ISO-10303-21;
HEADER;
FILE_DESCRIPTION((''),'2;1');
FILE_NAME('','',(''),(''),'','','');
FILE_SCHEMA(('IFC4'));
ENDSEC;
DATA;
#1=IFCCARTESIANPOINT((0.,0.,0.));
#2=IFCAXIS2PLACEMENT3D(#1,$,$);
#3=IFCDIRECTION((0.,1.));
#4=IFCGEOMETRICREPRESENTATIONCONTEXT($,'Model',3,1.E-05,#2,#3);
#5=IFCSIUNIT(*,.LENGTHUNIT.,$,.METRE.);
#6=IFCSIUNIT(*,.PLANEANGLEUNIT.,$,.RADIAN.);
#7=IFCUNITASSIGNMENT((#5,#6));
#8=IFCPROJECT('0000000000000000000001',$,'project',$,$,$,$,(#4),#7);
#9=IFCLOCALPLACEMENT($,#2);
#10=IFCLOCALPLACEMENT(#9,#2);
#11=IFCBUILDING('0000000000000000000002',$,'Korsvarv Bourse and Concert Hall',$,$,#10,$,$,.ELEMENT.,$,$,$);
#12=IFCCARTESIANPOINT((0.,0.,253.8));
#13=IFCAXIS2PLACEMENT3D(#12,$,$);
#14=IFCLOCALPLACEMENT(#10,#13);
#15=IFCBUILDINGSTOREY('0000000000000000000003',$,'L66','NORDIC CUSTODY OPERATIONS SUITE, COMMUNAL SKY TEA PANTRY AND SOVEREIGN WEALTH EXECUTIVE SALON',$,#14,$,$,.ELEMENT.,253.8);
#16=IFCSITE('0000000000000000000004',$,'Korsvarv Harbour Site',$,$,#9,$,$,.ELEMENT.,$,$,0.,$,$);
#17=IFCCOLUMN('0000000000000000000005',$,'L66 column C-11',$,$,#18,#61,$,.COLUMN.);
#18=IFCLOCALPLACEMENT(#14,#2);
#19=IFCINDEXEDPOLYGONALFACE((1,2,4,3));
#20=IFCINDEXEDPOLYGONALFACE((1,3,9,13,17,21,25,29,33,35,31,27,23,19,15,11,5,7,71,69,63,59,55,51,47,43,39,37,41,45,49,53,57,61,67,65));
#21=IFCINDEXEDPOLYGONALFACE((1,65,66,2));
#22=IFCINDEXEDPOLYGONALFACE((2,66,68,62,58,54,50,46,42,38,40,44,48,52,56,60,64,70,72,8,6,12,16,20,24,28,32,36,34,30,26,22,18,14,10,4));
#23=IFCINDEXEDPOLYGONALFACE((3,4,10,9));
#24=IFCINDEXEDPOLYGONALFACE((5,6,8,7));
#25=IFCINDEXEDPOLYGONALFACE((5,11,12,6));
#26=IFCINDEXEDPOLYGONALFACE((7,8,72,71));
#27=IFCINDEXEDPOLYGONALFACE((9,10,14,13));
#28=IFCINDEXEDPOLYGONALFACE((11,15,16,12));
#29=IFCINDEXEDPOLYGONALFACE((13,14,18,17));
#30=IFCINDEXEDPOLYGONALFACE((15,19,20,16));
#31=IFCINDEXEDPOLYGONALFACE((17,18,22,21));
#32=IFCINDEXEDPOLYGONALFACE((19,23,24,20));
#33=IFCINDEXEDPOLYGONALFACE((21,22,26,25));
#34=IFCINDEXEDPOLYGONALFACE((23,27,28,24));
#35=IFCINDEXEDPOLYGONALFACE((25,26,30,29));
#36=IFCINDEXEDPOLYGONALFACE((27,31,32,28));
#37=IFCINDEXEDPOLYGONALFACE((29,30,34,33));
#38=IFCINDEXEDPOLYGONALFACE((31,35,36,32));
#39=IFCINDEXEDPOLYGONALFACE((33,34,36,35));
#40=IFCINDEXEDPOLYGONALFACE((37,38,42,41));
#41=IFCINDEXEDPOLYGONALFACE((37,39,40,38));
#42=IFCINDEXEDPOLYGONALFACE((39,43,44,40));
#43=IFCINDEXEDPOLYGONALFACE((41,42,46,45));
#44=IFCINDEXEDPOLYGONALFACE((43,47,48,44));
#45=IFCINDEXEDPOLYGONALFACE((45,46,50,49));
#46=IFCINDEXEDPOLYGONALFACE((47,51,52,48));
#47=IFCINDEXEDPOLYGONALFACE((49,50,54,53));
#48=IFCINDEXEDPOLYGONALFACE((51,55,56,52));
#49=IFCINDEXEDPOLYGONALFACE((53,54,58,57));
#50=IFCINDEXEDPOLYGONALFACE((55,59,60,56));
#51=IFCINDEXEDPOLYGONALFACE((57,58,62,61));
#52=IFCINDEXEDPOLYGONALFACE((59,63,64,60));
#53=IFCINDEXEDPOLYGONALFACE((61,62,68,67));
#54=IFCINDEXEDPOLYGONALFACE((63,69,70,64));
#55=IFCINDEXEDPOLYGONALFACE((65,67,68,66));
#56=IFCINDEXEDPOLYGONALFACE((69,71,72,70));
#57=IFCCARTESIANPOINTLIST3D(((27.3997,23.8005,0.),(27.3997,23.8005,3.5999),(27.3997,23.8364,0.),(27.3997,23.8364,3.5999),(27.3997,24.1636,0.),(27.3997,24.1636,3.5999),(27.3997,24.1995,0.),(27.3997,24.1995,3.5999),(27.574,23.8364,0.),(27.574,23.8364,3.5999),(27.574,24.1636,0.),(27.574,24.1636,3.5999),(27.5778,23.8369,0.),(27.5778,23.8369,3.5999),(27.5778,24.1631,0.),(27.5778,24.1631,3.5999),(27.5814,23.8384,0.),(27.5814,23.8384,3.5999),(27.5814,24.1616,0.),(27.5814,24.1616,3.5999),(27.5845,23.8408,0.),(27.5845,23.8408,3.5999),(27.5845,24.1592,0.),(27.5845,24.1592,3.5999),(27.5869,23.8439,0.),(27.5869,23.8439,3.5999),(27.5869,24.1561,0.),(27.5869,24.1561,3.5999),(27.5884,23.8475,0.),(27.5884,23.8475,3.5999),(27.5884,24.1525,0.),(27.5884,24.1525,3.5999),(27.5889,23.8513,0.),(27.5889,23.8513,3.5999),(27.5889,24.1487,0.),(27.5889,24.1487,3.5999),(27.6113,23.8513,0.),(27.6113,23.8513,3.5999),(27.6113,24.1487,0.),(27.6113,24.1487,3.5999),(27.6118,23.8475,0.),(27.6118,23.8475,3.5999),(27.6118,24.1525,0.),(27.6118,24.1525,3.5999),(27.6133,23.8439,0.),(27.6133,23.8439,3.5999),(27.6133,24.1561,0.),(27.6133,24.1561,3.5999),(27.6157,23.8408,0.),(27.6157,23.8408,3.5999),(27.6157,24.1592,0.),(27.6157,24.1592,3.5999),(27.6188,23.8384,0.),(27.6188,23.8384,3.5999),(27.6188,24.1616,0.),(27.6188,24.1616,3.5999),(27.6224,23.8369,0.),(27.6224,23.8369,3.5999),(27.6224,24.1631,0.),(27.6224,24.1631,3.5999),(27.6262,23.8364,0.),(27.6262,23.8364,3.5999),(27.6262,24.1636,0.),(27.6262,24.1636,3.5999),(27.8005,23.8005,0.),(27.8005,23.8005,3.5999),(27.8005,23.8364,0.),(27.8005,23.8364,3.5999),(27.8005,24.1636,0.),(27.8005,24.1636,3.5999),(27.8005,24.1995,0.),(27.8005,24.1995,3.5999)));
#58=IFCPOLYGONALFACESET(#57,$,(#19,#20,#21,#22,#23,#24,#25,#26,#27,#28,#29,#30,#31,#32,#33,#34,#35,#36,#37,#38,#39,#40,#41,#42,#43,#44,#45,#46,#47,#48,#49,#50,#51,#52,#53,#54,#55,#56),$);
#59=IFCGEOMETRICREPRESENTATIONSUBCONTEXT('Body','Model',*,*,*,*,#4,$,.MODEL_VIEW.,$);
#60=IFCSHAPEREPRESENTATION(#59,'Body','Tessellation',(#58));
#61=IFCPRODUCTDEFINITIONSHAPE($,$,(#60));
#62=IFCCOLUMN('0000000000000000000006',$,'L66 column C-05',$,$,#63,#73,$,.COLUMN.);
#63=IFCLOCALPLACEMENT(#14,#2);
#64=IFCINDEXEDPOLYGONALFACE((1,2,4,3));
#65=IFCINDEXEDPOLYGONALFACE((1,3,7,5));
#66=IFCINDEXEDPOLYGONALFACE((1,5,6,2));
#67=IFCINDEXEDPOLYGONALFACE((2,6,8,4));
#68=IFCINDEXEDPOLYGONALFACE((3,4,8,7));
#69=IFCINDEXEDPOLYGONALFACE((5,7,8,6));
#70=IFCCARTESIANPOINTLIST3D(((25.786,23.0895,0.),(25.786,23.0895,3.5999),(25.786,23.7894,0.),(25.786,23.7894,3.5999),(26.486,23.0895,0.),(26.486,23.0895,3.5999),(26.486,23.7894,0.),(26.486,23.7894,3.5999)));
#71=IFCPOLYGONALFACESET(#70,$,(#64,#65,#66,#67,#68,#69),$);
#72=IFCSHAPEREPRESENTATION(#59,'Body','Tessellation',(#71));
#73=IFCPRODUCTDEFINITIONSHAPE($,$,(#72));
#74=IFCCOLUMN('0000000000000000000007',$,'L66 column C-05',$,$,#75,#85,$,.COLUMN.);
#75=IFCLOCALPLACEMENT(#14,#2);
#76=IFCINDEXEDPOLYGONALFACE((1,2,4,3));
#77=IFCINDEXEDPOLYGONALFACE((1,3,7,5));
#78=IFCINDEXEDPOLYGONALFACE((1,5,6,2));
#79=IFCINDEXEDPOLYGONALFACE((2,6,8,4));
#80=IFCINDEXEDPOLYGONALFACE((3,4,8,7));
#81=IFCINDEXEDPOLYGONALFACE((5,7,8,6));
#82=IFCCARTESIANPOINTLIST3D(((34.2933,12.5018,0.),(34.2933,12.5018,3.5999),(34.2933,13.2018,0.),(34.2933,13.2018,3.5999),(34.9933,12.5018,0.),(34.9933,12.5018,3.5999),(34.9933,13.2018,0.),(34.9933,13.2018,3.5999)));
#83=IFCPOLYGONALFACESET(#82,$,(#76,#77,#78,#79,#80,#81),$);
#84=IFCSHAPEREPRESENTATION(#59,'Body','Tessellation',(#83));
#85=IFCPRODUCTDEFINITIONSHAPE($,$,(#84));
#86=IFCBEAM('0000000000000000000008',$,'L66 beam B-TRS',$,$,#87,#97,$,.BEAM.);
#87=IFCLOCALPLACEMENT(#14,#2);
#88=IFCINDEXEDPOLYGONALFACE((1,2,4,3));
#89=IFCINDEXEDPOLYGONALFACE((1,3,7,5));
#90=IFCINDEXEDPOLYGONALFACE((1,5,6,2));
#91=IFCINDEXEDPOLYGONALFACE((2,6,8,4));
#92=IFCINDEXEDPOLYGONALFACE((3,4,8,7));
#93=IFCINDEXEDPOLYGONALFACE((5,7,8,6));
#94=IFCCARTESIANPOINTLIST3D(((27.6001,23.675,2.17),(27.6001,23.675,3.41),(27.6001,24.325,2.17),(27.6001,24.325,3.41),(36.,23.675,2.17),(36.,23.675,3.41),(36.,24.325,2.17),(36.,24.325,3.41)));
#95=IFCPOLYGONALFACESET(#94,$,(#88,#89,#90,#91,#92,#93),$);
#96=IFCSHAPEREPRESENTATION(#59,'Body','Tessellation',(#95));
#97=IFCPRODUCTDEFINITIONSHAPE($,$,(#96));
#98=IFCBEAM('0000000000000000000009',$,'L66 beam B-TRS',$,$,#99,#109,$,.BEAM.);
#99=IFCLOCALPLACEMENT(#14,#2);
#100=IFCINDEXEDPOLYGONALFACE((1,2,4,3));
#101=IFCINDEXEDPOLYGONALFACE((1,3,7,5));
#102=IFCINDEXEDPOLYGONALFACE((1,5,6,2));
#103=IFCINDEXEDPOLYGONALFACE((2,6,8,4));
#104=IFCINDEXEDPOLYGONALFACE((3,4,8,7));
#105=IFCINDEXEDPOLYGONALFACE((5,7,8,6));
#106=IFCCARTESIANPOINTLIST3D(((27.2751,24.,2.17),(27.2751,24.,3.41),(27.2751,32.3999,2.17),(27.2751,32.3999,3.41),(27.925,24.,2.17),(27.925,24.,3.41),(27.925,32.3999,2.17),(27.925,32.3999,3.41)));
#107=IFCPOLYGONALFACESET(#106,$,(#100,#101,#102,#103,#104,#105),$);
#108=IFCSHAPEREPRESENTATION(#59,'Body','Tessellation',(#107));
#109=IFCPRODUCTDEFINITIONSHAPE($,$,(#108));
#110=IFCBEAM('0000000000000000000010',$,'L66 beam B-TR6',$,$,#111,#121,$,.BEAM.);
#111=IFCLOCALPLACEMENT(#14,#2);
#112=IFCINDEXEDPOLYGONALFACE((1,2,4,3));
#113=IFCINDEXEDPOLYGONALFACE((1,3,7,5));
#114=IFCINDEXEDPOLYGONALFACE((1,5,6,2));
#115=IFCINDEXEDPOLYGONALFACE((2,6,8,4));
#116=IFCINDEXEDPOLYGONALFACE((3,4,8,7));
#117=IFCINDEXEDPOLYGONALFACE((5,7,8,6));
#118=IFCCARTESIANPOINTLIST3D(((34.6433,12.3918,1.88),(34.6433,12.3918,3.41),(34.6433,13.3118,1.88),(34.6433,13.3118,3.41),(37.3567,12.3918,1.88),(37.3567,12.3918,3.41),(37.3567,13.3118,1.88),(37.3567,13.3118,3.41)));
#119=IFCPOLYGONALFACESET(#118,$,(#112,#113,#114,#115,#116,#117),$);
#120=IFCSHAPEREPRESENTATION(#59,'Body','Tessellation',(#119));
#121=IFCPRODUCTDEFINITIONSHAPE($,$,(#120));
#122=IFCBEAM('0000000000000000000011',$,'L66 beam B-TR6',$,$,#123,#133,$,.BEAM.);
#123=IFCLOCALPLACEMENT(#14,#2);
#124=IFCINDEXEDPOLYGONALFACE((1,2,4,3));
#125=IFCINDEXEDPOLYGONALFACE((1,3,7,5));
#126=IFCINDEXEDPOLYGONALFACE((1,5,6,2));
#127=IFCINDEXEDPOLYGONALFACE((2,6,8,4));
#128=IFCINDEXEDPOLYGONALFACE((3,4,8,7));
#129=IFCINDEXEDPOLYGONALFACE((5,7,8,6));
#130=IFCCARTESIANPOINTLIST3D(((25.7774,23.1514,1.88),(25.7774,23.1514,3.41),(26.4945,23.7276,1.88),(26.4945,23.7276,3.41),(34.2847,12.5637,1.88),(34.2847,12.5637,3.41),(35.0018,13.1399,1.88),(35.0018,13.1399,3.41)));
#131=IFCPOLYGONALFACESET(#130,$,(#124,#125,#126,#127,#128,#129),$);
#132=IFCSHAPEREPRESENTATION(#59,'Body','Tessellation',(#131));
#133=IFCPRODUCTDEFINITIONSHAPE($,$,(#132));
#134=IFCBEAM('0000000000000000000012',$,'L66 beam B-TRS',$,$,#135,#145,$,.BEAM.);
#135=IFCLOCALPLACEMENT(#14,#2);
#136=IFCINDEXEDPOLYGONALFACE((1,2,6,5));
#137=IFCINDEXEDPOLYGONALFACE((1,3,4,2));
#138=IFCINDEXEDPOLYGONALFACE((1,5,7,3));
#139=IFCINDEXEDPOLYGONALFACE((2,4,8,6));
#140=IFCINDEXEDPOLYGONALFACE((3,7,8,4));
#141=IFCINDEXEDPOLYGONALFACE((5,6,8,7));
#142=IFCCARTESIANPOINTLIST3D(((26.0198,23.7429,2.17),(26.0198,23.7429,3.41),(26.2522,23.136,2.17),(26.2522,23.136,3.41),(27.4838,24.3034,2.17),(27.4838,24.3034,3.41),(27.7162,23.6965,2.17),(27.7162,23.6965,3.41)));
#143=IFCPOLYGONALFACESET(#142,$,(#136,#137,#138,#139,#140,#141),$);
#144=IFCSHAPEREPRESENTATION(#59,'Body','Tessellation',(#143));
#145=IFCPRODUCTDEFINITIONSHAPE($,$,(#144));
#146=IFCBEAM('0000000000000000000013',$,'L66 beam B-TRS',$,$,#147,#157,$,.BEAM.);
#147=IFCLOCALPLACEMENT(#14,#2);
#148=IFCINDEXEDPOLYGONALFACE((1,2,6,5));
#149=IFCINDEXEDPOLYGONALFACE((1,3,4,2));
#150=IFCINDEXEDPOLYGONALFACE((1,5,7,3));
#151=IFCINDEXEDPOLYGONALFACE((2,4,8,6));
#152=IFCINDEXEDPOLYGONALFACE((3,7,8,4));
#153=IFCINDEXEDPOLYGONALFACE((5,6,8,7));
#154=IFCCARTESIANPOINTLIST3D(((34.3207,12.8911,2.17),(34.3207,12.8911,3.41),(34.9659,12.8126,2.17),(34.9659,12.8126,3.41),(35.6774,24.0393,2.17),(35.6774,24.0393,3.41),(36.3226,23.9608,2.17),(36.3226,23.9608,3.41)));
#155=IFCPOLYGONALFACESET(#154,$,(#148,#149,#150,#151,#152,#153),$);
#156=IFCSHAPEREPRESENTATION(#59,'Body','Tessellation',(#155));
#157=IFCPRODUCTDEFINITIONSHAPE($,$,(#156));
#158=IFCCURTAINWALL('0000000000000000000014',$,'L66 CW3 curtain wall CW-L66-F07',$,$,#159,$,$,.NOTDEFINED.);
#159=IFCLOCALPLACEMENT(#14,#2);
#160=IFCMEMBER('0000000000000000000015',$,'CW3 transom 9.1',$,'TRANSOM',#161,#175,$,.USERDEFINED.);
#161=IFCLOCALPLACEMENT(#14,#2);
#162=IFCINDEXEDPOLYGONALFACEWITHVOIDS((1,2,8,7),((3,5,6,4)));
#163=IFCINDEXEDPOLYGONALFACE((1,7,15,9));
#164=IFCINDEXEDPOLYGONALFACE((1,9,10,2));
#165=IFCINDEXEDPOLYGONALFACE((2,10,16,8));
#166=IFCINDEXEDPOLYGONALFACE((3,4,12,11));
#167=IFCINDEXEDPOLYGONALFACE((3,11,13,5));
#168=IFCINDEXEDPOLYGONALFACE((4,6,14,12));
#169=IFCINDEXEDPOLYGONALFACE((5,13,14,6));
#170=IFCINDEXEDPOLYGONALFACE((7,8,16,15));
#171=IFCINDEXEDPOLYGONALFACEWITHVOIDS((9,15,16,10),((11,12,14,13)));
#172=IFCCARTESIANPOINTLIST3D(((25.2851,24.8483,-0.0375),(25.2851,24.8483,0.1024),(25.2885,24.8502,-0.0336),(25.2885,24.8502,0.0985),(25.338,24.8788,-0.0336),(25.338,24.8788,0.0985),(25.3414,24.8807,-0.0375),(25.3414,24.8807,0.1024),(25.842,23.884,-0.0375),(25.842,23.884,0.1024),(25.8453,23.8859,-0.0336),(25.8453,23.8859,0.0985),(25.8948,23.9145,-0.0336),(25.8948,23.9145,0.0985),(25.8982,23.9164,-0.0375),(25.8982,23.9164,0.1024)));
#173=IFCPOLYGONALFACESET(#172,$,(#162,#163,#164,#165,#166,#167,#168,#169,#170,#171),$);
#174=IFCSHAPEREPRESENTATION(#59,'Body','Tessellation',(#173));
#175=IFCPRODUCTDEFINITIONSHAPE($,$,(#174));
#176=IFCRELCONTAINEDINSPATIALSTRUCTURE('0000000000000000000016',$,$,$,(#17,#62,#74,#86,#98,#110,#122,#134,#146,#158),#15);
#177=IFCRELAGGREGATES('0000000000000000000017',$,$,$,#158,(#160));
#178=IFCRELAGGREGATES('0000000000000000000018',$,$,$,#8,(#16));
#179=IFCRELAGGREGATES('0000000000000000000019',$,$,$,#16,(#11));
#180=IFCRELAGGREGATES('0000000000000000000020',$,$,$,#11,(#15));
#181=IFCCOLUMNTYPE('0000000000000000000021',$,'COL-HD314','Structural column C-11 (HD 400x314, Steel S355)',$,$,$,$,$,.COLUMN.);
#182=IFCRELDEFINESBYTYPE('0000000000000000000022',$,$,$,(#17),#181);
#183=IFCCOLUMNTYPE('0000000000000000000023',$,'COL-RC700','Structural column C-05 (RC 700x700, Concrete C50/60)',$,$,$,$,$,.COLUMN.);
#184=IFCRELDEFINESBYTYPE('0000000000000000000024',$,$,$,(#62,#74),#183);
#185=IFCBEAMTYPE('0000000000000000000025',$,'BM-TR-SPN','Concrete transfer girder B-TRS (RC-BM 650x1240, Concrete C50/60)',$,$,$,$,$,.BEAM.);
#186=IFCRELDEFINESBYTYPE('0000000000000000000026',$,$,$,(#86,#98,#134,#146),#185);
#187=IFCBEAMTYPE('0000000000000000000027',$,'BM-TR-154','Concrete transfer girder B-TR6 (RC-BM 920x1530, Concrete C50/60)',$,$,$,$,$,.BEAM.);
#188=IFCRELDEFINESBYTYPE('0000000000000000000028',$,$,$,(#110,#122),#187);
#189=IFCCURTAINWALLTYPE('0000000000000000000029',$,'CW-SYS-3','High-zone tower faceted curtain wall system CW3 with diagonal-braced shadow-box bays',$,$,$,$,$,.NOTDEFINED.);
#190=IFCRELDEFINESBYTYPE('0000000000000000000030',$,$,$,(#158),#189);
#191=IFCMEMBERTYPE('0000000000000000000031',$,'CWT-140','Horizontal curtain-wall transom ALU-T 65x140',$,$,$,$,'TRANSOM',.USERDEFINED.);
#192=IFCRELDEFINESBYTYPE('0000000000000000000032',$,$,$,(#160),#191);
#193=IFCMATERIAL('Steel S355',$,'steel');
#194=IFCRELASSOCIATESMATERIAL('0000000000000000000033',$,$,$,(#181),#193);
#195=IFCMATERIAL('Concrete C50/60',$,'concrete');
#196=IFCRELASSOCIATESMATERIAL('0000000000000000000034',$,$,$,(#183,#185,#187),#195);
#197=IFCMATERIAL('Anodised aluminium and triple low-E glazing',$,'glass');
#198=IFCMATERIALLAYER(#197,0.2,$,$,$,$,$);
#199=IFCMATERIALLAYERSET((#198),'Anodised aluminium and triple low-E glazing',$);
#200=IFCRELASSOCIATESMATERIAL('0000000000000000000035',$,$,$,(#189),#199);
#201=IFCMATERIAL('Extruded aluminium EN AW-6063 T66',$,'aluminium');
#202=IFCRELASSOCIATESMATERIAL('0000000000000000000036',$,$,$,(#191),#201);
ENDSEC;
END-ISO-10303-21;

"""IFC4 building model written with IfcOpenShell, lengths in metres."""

from ifc_helpers import new_model, si_unit, direction, frame, origin, origin_2d, place, context, subcontext, project, spatial, rectangle, hollow_rectangle, i_section, extrude, source, transform, mapped, material, layer, layer_set, material_profile, profile_set, type_object, element, aggregate, save


model = new_model("IFC4")

# Units and contexts
model_context = context("Model", 3, precision=1e-05, world=origin(), true_north=direction((0.0, 1.0)))
body_context = subcontext(model_context, "Body", "Model", "MODEL_VIEW")
ifc_project = project(units=[si_unit("LENGTHUNIT", "METRE"), si_unit("PLANEANGLEUNIT", "RADIAN")], contexts=[model_context])

# Site, building, storey
site_placement = place(None, origin())
site = spatial("IfcSite", under=ifc_project, at=site_placement, Name="Korsvarv Harbour Site", CompositionType="ELEMENT", RefElevation=0.0)
building_placement = place(site_placement, origin())
building = spatial("IfcBuilding", under=site, at=building_placement, Name="Korsvarv Bourse and Concert Hall", CompositionType="ELEMENT")
storey_placement = place(building_placement, frame((0.0, 0.0, 253.8)))
storey = spatial("IfcBuildingStorey", under=building, at=storey_placement, Name="L66", Description="NORDIC CUSTODY OPERATIONS SUITE, COMMUNAL SKY TEA PANTRY AND SOVEREIGN WEALTH EXECUTIVE SALON", CompositionType="ELEMENT", Elevation=253.8)

# Columns
ifc_material_1 = material(Name="Steel S355", Category="steel")
ifc_material_profile_1 = material_profile(ifc_material_1, i_section(OverallWidth=0.4009, OverallDepth=0.3989, WebThickness=0.0225, FlangeThickness=0.0359, FilletRadius=0.0149, at=origin_2d()), Name="HD 400x314")
ifc_profile_set_1 = profile_set([ifc_material_profile_1], Name="Steel S355")
column_type_1 = type_object("IfcColumnType", Name="COL-HD314", Description="Structural column C-11 (HD 400x314, Steel S355)", PredefinedType="COLUMN", material=ifc_profile_set_1)
shared_shape_1 = source(origin(), body_context, "Body", "SweptSolid", [
    extrude(i_section(OverallWidth=0.4009, OverallDepth=0.3989, WebThickness=0.0225, FlangeThickness=0.0359, FilletRadius=0.0149, at=origin_2d()), origin(), (0.0, 0.0, 1.0), 3.5999),
])
column_placement = place(storey_placement, frame((27.6001, 24.0, 0.0), z_axis=(0.0, 0.0, 1.0), x_axis=(1.0, 0.0, 0.0)))
element("IfcColumn", 1, at=column_placement, inside=storey, type_object=column_type_1, Name="L66 column C-11", PredefinedType="COLUMN", context=body_context, shape_type="MappedRepresentation", body=[
    mapped(shared_shape_1, transform((0.0, 0.0, 0.0), scale=1.0)),
])
ifc_material_2 = material(Name="Concrete C50/60", Category="concrete")
ifc_material_profile_2 = material_profile(ifc_material_2, rectangle(XDim=0.7, YDim=0.7, at=origin_2d()), Name="RC 700x700")
ifc_profile_set_2 = profile_set([ifc_material_profile_2], Name="Concrete C50/60")
column_type_2 = type_object("IfcColumnType", Name="COL-RC700", Description="Structural column C-05 (RC 700x700, Concrete C50/60)", PredefinedType="COLUMN", material=ifc_profile_set_2)
shared_shape_2 = source(origin(), body_context, "Body", "SweptSolid", [
    extrude(rectangle(XDim=0.7, YDim=0.7, at=origin_2d()), origin(), (0.0, 0.0, 1.0), 3.5999),
])
for number, where, z_axis, x_axis, name in (
    (2, (26.136, 23.4395, 0.0), (0.0, 0.0, 1.0), (1.0, 0.0, 0.0), "L66 column C-05"),
    (3, (34.6433, 12.8518, 0.0), (0.0, 0.0, 1.0), (1.0, 0.0, 0.0), "L66 column C-05"),
):
    element("IfcColumn", number, at=place(storey_placement, frame(where, z_axis=z_axis, x_axis=x_axis)), inside=storey, type_object=column_type_2, Name=name, PredefinedType="COLUMN", context=body_context, shape_type="MappedRepresentation", body=[
        mapped(shared_shape_2, transform((0.0, 0.0, 0.0), scale=1.0)),
    ])

# Beams
ifc_material_profile_3 = material_profile(ifc_material_2, rectangle(XDim=0.6499, YDim=1.24, at=origin_2d()), Name="RC-BM 650x1240")
ifc_profile_set_3 = profile_set([ifc_material_profile_3], Name="Concrete C50/60")
beam_type_1 = type_object("IfcBeamType", Name="BM-TR-SPN", Description="Concrete transfer girder B-TRS (RC-BM 650x1240, Concrete C50/60)", PredefinedType="BEAM", material=ifc_profile_set_3)
shared_shape_3 = source(origin(), body_context, "Body", "SweptSolid", [
    extrude(rectangle(XDim=0.6499, YDim=1.24, at=origin_2d()), origin(), (0.0, 0.0, 1.0), 8.3999),
])
for number, where, z_axis, x_axis, name in (
    (4, (27.6001, 24.0, 2.79), (1.0, 0.0, 0.0), (0.0, 1.0, 0.0), "L66 beam B-TRS"),
    (5, (27.6001, 24.0, 2.79), (0.0, 1.0, 0.0), (-1.0, 0.0, 0.0), "L66 beam B-TRS"),
):
    element("IfcBeam", number, at=place(storey_placement, frame(where, z_axis=z_axis, x_axis=x_axis)), inside=storey, type_object=beam_type_1, Name=name, PredefinedType="BEAM", context=body_context, shape_type="MappedRepresentation", body=[
        mapped(shared_shape_3, transform((0.0, 0.0, 0.0), scale=1.0)),
    ])
ifc_material_profile_4 = material_profile(ifc_material_2, rectangle(XDim=0.9199, YDim=1.53, at=origin_2d()), Name="RC-BM 920x1530")
ifc_profile_set_4 = profile_set([ifc_material_profile_4], Name="Concrete C50/60")
beam_type_2 = type_object("IfcBeamType", Name="BM-TR-154", Description="Concrete transfer girder B-TR6 (RC-BM 920x1530, Concrete C50/60)", PredefinedType="BEAM", material=ifc_profile_set_4)
shared_shape_4 = source(origin(), body_context, "Body", "SweptSolid", [
    extrude(rectangle(XDim=0.9199, YDim=1.53, at=origin_2d()), origin(), (0.0, 0.0, 1.0), 2.7134),
])
beam_1_placement = place(storey_placement, frame((34.6433, 12.8518, 2.645), z_axis=(1.0, 0.0, 0.0), x_axis=(0.0, 1.0, 0.0)))
element("IfcBeam", 6, at=beam_1_placement, inside=storey, type_object=beam_type_2, Name="L66 beam B-TR6", PredefinedType="BEAM", context=body_context, shape_type="MappedRepresentation", body=[
    mapped(shared_shape_4, transform((0.0, 0.0, 0.0), scale=1.0)),
])
shared_shape_5 = source(origin(), body_context, "Body", "SweptSolid", [
    extrude(rectangle(XDim=0.9199, YDim=1.53, at=origin_2d()), origin(), (0.0, 0.0, 1.0), 13.582),
])
beam_2_placement = place(storey_placement, frame((26.136, 23.4395, 2.645), z_axis=(0.626364, -0.779531, 0.0), x_axis=(0.779531, 0.626364, 0.0)))
element("IfcBeam", 7, at=beam_2_placement, inside=storey, type_object=beam_type_2, Name="L66 beam B-TR6", PredefinedType="BEAM", context=body_context, shape_type="MappedRepresentation", body=[
    mapped(shared_shape_5, transform((0.0, 0.0, 0.0), scale=1.0)),
])
shared_shape_6 = source(origin(), body_context, "Body", "SweptSolid", [
    extrude(rectangle(XDim=0.6499, YDim=1.24, at=origin_2d()), origin(), (0.0, 0.0, 1.0), 1.5676),
])
beam_3_placement = place(storey_placement, frame((26.136, 23.4395, 2.79), z_axis=(0.933894, 0.357549, 0.0), x_axis=(-0.357549, 0.933894, 0.0)))
element("IfcBeam", 8, at=beam_3_placement, inside=storey, type_object=beam_type_1, Name="L66 beam B-TRS", PredefinedType="BEAM", context=body_context, shape_type="MappedRepresentation", body=[
    mapped(shared_shape_6, transform((0.0, 0.0, 0.0), scale=1.0)),
])
shared_shape_7 = source(origin(), body_context, "Body", "SweptSolid", [
    extrude(rectangle(XDim=0.6499, YDim=1.24, at=origin_2d()), origin(), (0.0, 0.0, 1.0), 11.2305),
])
beam_4_placement = place(storey_placement, frame((34.6433, 12.8518, 2.79), z_axis=(0.120805, 0.992676, 0.0), x_axis=(-0.992676, 0.120805, 0.0)))
element("IfcBeam", 9, at=beam_4_placement, inside=storey, type_object=beam_type_1, Name="L66 beam B-TRS", PredefinedType="BEAM", context=body_context, shape_type="MappedRepresentation", body=[
    mapped(shared_shape_7, transform((0.0, 0.0, 0.0), scale=1.0)),
])

# Curtain wall, member
ifc_material_3 = material(Name="Anodised aluminium and triple low-E glazing", Category="glass")
ifc_layer_1 = layer(ifc_material_3, 0.2)
ifc_layer_set_1 = layer_set([ifc_layer_1], Name="Anodised aluminium and triple low-E glazing")
curtain_wall_type = type_object("IfcCurtainWallType", Name="CW-SYS-3", Description="High-zone tower faceted curtain wall system CW3 with diagonal-braced shadow-box bays", PredefinedType="NOTDEFINED", material=ifc_layer_set_1)
curtain_wall_placement = place(storey_placement, origin())
curtain_wall = element("IfcCurtainWall", 10, at=curtain_wall_placement, inside=storey, type_object=curtain_wall_type, Name="L66 CW3 curtain wall CW-L66-F07", PredefinedType="NOTDEFINED")
ifc_material_4 = material(Name="Extruded aluminium EN AW-6063 T66", Category="aluminium")
ifc_material_profile_5 = material_profile(ifc_material_4, hollow_rectangle(XDim=0.0649, YDim=0.1399, WallThickness=0.0039, at=origin_2d()), Name="ALU-T 65x140")
ifc_profile_set_5 = profile_set([ifc_material_profile_5], Name="Extruded aluminium EN AW-6063 T66")
member_type_1 = type_object("IfcMemberType", Name="CWT-140", Description="Horizontal curtain-wall transom ALU-T 65x140", ElementType="TRANSOM", PredefinedType="USERDEFINED", material=ifc_profile_set_5)
shared_shape_8 = source(origin(), body_context, "Body", "SweptSolid", [
    extrude(hollow_rectangle(XDim=0.0649, YDim=0.1399, WallThickness=0.0039, at=origin_2d()), origin(), (0.0, 0.0, 1.0), 1.1135),
])
member_1_placement = place(storey_placement, frame((25.3132, 24.8645, 0.0325), z_axis=(0.500077, -0.865981, 0.0), x_axis=(0.865981, 0.500077, 0.0)))
member_1 = element("IfcMember", 11, at=member_1_placement, type_object=member_type_1, Name="CW3 transom 9.1", ObjectType="TRANSOM", PredefinedType="USERDEFINED", context=body_context, shape_type="MappedRepresentation", body=[
    mapped(shared_shape_8, transform((0.0, 0.0, 0.0), scale=1.0)),
])
aggregate(curtain_wall, [member_1])

save(model, "model.ifc")
